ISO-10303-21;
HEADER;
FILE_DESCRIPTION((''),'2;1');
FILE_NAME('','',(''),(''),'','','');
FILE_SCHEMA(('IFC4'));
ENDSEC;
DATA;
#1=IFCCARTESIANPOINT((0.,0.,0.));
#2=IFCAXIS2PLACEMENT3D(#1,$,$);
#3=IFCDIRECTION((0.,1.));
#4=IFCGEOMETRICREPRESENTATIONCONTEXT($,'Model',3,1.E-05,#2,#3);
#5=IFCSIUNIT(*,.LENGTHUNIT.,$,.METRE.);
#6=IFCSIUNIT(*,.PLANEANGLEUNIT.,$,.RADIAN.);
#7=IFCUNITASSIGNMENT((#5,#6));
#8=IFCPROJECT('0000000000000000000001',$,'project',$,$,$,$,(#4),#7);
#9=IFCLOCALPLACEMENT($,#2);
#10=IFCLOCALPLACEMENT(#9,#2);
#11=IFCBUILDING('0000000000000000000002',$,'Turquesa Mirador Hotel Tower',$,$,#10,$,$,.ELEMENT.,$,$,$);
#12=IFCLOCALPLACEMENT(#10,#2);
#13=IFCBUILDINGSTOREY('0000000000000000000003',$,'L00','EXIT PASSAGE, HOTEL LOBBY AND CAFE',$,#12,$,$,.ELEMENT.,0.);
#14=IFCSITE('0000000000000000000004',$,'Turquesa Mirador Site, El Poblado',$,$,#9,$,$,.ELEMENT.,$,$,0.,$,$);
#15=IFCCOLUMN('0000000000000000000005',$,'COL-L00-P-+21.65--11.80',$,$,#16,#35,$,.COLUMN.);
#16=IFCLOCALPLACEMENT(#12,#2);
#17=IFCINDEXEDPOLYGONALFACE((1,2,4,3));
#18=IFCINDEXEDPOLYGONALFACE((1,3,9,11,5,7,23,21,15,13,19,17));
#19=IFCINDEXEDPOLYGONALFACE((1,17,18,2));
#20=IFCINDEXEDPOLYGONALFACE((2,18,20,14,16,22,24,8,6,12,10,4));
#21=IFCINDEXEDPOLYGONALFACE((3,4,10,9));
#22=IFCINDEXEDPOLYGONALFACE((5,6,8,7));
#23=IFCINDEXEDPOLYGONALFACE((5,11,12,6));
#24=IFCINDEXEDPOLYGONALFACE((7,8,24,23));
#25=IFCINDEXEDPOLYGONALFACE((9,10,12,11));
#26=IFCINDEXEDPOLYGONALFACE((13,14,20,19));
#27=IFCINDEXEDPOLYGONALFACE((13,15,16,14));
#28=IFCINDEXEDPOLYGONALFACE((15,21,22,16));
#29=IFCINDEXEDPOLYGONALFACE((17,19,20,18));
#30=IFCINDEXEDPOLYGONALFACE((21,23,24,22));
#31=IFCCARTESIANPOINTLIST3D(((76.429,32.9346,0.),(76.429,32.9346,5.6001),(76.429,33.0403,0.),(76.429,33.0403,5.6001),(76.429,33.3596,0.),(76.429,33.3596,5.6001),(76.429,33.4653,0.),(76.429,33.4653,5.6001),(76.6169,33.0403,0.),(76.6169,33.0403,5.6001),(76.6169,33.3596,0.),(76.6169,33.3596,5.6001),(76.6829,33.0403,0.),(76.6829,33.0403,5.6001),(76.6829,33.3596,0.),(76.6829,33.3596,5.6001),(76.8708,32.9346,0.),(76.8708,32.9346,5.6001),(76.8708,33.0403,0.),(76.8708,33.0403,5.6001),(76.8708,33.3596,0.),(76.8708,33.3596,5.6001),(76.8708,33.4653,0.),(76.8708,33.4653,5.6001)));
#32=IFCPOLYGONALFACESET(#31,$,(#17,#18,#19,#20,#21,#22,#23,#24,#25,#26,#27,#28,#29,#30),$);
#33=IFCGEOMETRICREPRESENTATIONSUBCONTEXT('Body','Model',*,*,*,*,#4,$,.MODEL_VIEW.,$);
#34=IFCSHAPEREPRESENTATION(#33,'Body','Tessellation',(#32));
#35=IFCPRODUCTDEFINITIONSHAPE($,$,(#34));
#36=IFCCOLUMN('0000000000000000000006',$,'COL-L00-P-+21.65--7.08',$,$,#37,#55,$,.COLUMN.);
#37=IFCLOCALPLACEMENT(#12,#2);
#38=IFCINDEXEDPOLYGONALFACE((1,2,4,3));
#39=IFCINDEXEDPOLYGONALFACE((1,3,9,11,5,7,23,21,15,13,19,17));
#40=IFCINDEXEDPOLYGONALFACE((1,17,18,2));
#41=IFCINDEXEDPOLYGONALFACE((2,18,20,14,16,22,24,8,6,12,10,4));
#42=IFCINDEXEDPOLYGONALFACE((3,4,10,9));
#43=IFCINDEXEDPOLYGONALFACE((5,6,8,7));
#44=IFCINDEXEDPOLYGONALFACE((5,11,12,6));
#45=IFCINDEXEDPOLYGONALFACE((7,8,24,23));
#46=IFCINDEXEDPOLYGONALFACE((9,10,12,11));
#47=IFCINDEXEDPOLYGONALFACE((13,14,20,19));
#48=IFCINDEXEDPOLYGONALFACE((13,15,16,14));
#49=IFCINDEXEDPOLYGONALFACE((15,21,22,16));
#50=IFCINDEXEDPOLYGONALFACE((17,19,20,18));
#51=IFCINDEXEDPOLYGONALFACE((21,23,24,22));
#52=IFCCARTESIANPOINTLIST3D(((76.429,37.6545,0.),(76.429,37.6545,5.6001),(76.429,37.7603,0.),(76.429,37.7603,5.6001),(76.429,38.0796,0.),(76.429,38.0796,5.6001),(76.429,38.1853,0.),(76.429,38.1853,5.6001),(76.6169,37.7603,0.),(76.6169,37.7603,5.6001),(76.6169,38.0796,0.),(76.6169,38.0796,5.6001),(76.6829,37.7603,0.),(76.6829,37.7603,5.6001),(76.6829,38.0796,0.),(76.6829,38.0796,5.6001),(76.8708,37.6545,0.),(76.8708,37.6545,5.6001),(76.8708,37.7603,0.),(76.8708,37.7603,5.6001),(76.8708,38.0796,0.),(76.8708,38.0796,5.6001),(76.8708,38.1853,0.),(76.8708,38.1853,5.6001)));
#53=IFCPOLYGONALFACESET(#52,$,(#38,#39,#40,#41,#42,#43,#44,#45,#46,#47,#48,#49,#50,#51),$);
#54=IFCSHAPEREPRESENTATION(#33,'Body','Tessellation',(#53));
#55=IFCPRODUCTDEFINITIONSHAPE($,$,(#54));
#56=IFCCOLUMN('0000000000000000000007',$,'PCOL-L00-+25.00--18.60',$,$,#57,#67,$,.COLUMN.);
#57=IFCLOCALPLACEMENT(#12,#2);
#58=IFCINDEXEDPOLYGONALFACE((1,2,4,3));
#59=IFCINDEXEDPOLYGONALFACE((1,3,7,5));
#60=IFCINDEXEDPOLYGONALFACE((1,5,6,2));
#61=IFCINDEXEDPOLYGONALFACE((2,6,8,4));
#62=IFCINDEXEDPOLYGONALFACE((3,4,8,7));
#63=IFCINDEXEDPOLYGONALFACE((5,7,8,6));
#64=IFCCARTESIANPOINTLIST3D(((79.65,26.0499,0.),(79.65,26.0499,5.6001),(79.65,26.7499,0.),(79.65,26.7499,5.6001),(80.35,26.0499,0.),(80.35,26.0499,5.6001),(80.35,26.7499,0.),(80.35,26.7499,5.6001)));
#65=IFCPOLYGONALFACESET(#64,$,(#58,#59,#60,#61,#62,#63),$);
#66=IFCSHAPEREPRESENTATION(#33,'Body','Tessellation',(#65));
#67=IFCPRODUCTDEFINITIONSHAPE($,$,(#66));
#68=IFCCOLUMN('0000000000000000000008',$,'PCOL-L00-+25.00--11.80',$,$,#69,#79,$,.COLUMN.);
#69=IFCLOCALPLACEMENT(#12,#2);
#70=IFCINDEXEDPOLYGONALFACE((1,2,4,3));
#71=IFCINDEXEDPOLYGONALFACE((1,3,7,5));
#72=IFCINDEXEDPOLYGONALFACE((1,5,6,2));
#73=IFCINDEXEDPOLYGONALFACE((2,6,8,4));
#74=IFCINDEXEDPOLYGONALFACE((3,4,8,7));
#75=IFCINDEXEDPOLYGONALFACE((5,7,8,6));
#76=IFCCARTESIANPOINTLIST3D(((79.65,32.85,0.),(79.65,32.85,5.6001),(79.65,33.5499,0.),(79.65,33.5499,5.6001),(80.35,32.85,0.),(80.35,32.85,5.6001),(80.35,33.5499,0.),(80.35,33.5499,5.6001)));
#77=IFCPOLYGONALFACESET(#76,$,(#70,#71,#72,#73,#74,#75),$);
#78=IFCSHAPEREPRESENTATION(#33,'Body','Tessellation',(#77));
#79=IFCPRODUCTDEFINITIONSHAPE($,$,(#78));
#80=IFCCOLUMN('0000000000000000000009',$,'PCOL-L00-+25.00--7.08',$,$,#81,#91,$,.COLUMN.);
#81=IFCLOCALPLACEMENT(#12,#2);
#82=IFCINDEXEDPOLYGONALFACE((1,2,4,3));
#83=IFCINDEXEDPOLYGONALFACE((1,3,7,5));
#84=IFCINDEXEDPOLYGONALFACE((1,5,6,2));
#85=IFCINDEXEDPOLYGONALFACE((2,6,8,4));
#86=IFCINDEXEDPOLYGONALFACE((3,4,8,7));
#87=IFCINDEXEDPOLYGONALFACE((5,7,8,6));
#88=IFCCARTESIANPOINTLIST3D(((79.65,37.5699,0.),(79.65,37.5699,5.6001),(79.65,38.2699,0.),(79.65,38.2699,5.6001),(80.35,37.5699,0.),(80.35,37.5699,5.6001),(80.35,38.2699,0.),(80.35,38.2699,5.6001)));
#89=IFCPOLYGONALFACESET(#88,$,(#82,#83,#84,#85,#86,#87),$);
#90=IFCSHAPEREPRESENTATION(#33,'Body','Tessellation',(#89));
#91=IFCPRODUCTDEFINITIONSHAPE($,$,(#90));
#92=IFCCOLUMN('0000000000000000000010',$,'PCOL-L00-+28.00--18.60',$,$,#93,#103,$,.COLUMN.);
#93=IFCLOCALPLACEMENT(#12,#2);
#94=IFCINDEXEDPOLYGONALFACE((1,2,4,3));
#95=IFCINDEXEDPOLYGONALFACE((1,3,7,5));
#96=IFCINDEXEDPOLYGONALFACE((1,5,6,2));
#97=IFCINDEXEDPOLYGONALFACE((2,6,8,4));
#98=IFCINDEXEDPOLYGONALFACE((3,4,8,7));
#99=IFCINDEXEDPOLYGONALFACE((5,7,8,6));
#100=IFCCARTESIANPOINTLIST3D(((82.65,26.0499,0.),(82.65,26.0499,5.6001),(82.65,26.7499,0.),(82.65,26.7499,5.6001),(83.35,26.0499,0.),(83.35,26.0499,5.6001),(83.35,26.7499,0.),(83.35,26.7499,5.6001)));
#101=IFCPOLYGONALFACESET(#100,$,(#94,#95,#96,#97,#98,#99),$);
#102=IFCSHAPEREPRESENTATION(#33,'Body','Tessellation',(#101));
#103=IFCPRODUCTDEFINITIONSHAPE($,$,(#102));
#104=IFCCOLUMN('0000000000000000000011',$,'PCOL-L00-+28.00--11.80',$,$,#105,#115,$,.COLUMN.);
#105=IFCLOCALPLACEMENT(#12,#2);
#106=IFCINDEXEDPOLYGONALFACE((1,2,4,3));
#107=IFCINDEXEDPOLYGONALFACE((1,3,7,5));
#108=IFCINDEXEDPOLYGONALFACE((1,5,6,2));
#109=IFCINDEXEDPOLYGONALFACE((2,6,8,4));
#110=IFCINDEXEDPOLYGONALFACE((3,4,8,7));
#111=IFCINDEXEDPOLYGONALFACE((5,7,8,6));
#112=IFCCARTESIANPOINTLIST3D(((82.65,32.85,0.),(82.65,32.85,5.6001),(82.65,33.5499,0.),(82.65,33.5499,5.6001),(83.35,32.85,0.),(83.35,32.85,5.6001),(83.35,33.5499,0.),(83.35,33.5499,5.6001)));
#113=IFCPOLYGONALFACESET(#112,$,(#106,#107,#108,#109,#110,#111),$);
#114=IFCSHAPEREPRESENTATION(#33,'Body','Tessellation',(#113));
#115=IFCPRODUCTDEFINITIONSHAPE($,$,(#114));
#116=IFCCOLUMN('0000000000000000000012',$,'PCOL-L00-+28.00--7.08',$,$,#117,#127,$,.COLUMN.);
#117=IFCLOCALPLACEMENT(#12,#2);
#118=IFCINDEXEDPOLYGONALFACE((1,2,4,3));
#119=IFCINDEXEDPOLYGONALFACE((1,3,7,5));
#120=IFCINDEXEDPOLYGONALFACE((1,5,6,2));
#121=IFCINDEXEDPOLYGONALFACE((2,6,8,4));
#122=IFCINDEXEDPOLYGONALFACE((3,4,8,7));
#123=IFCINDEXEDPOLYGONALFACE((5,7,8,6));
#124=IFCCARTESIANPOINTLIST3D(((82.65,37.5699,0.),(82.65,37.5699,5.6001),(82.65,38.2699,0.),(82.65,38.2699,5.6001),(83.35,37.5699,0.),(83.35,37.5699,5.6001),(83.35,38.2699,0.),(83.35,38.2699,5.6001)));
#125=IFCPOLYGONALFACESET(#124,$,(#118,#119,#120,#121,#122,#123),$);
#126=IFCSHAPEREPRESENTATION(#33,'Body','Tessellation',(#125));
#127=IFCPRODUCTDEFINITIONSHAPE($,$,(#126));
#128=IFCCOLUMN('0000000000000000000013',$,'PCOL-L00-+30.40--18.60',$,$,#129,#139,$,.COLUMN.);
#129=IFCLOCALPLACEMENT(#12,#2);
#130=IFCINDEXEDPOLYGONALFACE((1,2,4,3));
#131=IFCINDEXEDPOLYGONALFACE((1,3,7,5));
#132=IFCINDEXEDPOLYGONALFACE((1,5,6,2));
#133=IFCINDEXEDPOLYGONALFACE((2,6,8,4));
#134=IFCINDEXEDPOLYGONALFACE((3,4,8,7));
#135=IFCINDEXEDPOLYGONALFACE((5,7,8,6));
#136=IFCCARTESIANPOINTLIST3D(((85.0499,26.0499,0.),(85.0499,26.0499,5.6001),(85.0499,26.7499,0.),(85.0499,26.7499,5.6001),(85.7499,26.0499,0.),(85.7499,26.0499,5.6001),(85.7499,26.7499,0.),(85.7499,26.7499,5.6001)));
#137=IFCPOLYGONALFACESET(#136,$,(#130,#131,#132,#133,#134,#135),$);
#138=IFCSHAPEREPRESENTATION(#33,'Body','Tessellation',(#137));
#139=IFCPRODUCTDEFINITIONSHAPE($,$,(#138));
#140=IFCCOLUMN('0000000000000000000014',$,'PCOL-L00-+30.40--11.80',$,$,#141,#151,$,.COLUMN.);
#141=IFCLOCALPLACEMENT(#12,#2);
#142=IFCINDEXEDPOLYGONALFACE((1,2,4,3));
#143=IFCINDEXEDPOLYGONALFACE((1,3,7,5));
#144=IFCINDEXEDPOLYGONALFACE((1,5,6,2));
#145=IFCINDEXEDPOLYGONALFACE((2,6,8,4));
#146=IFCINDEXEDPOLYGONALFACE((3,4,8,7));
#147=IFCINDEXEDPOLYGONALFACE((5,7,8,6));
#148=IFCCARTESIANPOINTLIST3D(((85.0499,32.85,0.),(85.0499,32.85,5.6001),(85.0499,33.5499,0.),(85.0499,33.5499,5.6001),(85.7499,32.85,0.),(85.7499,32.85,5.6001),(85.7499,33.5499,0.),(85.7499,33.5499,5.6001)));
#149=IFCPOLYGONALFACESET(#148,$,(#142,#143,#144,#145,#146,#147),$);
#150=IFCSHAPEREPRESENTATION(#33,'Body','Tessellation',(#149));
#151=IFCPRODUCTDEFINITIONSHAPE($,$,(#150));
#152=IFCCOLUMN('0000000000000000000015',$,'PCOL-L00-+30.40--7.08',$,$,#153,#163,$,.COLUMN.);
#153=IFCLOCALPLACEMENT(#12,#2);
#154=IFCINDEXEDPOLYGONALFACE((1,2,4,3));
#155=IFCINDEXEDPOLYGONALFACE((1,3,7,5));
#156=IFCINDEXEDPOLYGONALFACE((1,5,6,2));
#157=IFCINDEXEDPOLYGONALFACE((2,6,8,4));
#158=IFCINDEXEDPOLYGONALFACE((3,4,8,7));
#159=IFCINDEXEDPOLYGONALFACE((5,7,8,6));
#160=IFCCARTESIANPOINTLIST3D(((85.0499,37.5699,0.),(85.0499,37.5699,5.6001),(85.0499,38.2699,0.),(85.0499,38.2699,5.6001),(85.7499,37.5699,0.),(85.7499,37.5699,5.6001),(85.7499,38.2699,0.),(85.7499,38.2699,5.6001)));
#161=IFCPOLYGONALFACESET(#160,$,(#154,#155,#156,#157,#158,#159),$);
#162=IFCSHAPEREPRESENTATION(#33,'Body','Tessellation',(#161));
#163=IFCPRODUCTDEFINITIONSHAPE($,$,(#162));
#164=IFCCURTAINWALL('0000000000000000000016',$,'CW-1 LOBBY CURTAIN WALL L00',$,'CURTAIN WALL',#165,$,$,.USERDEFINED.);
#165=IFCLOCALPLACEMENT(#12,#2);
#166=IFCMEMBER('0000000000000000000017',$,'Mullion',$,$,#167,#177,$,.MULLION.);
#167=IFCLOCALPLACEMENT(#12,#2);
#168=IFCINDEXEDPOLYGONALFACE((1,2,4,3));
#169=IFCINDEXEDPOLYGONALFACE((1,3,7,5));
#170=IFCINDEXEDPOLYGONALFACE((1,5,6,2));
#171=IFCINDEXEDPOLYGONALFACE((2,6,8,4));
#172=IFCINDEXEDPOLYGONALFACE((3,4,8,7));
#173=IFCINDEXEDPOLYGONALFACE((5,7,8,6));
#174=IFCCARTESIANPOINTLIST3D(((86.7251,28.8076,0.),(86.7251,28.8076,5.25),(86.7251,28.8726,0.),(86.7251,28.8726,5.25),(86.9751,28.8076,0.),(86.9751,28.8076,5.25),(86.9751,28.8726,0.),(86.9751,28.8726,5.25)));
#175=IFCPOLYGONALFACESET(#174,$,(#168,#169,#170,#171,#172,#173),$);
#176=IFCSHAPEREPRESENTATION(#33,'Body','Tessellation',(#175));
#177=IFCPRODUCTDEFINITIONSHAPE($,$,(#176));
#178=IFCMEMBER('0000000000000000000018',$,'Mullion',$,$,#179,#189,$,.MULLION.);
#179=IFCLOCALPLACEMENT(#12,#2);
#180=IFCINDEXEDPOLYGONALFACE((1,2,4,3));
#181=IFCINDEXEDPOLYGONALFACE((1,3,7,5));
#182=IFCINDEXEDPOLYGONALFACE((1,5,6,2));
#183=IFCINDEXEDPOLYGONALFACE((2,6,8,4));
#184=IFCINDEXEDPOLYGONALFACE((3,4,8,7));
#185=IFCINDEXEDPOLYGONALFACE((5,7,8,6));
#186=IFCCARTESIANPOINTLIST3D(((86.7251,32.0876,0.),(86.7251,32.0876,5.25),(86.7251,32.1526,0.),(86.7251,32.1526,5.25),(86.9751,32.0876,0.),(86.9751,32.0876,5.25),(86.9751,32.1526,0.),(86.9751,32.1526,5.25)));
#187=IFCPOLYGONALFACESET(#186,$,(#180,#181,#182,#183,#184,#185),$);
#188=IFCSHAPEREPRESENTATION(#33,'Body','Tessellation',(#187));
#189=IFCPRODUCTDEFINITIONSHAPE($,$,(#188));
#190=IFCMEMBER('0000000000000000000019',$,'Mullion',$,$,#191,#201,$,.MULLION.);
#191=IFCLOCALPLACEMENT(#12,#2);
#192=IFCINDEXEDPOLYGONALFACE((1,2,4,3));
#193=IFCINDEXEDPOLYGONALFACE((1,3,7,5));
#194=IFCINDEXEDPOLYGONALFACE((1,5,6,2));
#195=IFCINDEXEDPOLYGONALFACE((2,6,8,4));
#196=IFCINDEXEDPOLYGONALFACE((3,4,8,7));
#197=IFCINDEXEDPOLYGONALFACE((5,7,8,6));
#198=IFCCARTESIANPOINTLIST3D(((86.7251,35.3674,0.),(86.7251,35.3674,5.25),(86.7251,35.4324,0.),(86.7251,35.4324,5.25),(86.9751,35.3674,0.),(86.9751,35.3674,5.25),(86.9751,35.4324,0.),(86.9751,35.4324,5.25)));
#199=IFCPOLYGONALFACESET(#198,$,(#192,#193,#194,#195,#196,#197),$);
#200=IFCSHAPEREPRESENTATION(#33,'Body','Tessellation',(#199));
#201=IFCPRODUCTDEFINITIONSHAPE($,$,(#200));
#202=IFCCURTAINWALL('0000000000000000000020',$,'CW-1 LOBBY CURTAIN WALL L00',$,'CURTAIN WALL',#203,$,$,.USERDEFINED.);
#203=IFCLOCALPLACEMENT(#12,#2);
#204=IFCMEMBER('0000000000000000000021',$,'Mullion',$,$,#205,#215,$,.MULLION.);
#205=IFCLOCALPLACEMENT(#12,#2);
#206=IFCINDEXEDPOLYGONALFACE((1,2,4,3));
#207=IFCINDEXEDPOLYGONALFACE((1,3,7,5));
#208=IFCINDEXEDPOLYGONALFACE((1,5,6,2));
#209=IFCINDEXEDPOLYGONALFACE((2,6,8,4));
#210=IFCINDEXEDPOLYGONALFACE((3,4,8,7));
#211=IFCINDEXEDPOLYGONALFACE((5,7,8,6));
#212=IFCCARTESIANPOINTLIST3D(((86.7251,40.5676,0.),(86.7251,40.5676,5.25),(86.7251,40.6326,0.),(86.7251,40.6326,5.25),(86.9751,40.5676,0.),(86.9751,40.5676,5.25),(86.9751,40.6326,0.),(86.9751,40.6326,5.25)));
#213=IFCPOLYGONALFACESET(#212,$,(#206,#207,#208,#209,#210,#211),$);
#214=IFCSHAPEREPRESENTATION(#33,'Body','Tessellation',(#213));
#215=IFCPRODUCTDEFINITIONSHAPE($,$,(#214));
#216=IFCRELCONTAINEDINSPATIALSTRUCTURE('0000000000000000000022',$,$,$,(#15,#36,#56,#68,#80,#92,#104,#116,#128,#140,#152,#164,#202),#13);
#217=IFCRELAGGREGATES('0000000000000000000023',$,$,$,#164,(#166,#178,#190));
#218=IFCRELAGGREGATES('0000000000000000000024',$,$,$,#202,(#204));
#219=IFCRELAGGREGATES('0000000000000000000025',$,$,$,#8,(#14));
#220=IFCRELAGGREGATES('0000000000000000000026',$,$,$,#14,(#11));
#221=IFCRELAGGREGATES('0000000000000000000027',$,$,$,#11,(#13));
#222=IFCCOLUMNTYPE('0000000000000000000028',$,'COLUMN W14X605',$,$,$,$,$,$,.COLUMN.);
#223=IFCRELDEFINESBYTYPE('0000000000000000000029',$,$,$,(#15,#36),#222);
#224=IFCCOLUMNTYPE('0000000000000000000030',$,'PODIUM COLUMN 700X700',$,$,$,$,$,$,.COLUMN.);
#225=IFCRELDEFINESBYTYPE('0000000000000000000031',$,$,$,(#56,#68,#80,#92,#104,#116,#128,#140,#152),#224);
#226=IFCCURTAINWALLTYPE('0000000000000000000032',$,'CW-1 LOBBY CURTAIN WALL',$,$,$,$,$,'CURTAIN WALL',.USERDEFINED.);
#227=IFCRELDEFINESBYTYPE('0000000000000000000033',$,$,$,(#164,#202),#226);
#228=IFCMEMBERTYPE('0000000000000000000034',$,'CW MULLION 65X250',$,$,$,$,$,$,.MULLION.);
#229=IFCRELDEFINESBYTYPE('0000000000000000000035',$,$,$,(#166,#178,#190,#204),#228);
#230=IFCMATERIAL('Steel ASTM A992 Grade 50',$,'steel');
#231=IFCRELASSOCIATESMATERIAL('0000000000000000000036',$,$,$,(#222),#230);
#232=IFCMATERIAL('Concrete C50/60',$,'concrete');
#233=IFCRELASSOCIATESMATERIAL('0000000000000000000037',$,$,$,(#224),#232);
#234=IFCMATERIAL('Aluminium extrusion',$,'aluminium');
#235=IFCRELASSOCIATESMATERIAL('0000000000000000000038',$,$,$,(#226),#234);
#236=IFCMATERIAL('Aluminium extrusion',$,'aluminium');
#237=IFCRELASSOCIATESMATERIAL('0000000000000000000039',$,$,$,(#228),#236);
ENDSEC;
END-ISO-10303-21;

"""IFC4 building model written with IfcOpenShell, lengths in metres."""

from ifc_helpers import new_model, si_unit, direction, frame, origin, origin_2d, place, context, subcontext, project, spatial, rectangle, i_section, extrude, material, material_profile, profile_set, type_object, element, aggregate, save


model = new_model("IFC4")

# Units and contexts
model_context = context("Model", 3, precision=1e-05, world=origin(), true_north=direction((0.0, 1.0)))
body_context = subcontext(model_context, "Body", "Model", "MODEL_VIEW")
ifc_project = project(units=[si_unit("LENGTHUNIT", "METRE"), si_unit("PLANEANGLEUNIT", "RADIAN")], contexts=[model_context])

# Site, building, storey
site_placement = place(None, origin())
site = spatial("IfcSite", under=ifc_project, at=site_placement, Name="Turquesa Mirador Site, El Poblado", CompositionType="ELEMENT", RefElevation=0.0)
building_placement = place(site_placement, origin())
building = spatial("IfcBuilding", under=site, at=building_placement, Name="Turquesa Mirador Hotel Tower", CompositionType="ELEMENT")
storey_placement = place(building_placement, origin())
storey = spatial("IfcBuildingStorey", under=building, at=storey_placement, Name="L00", Description="EXIT PASSAGE, HOTEL LOBBY AND CAFE", CompositionType="ELEMENT", Elevation=0.0)

# Columns
ifc_material_1 = material(Name="Steel ASTM A992 Grade 50", Category="steel")
ifc_material_profile_1 = material_profile(ifc_material_1, i_section(OverallWidth=0.4419, OverallDepth=0.5308, WebThickness=0.0659, FlangeThickness=0.1057, at=origin_2d()), Name="W14X605")
ifc_profile_set_1 = profile_set([ifc_material_profile_1], Name="Steel ASTM A992 Grade 50")
column_type_1 = type_object("IfcColumnType", Name="COLUMN W14X605", PredefinedType="COLUMN", material=ifc_profile_set_1)
for number, where, z_axis, x_axis, name in (
    (1, (76.6499, 33.2, 0.0), (0.0, 0.0, 1.0), (1.0, 0.0, 0.0), "COL-L00-P-+21.65--11.80"),
    (2, (76.6499, 37.9199, 0.0), (0.0, 0.0, 1.0), (1.0, 0.0, 0.0), "COL-L00-P-+21.65--7.08"),
):
    element("IfcColumn", number, at=place(storey_placement, frame(where, z_axis=z_axis, x_axis=x_axis)), inside=storey, type_object=column_type_1, Name=name, PredefinedType="COLUMN", context=body_context, shape_type="SweptSolid", body=[
        extrude(i_section(OverallWidth=0.4419, OverallDepth=0.5308, WebThickness=0.0659, FlangeThickness=0.1057, at=origin_2d()), origin(), (0.0, 0.0, 1.0), 5.6001),
    ])
ifc_material_2 = material(Name="Concrete C50/60", Category="concrete")
ifc_material_profile_2 = material_profile(ifc_material_2, rectangle(XDim=0.7, YDim=0.7, at=origin_2d()), Name="RC 700X700")
ifc_profile_set_2 = profile_set([ifc_material_profile_2], Name="Concrete C50/60")
column_type_2 = type_object("IfcColumnType", Name="PODIUM COLUMN 700X700", PredefinedType="COLUMN", material=ifc_profile_set_2)
for number, where, z_axis, x_axis, name in (
    (3, (80.0, 26.3999, 0.0), (0.0, 0.0, 1.0), (1.0, 0.0, 0.0), "PCOL-L00-+25.00--18.60"),
    (4, (80.0, 33.2, 0.0), (0.0, 0.0, 1.0), (1.0, 0.0, 0.0), "PCOL-L00-+25.00--11.80"),
    (5, (80.0, 37.9199, 0.0), (0.0, 0.0, 1.0), (1.0, 0.0, 0.0), "PCOL-L00-+25.00--7.08"),
    (6, (83.0, 26.3999, 0.0), (0.0, 0.0, 1.0), (1.0, 0.0, 0.0), "PCOL-L00-+28.00--18.60"),
    (7, (83.0, 33.2, 0.0), (0.0, 0.0, 1.0), (1.0, 0.0, 0.0), "PCOL-L00-+28.00--11.80"),
    (8, (83.0, 37.9199, 0.0), (0.0, 0.0, 1.0), (1.0, 0.0, 0.0), "PCOL-L00-+28.00--7.08"),
    (9, (85.3999, 26.3999, 0.0), (0.0, 0.0, 1.0), (1.0, 0.0, 0.0), "PCOL-L00-+30.40--18.60"),
    (10, (85.3999, 33.2, 0.0), (0.0, 0.0, 1.0), (1.0, 0.0, 0.0), "PCOL-L00-+30.40--11.80"),
    (11, (85.3999, 37.9199, 0.0), (0.0, 0.0, 1.0), (1.0, 0.0, 0.0), "PCOL-L00-+30.40--7.08"),
):
    element("IfcColumn", number, at=place(storey_placement, frame(where, z_axis=z_axis, x_axis=x_axis)), inside=storey, type_object=column_type_2, Name=name, PredefinedType="COLUMN", context=body_context, shape_type="SweptSolid", body=[
        extrude(rectangle(XDim=0.7, YDim=0.7, at=origin_2d()), origin(), (0.0, 0.0, 1.0), 5.6001),
    ])

# Curtain wall, members
ifc_material_3 = material(Name="Aluminium extrusion", Category="aluminium")
curtain_wall_type = type_object("IfcCurtainWallType", Name="CW-1 LOBBY CURTAIN WALL", ElementType="CURTAIN WALL", PredefinedType="USERDEFINED", material=ifc_material_3)
curtain_wall_1_placement = place(storey_placement, origin())
curtain_wall_1 = element("IfcCurtainWall", 12, at=curtain_wall_1_placement, inside=storey, type_object=curtain_wall_type, Name="CW-1 LOBBY CURTAIN WALL L00", ObjectType="CURTAIN WALL", PredefinedType="USERDEFINED")
ifc_material_4 = material(Name="Aluminium extrusion", Category="aluminium")
ifc_material_profile_3 = material_profile(ifc_material_4, rectangle(XDim=0.0649, YDim=0.25, at=origin_2d()), Name="MULLION 65X250")
ifc_profile_set_3 = profile_set([ifc_material_profile_3], Name="Aluminium extrusion")
member_type_1 = type_object("IfcMemberType", Name="CW MULLION 65X250", PredefinedType="MULLION", material=ifc_profile_set_3)
member_1_placement = place(storey_placement, frame((86.8501, 28.8401, 0.0), z_axis=(0.0, 0.0, 1.0), x_axis=(0.0, 1.0, 0.0)))
member_1 = element("IfcMember", 13, at=member_1_placement, type_object=member_type_1, Name="Mullion", PredefinedType="MULLION", context=body_context, shape_type="SweptSolid", body=[
    extrude(rectangle(XDim=0.0649, YDim=0.25, at=origin_2d()), origin(), (0.0, 0.0, 1.0), 5.25),
])
member_2_placement = place(storey_placement, frame((86.8501, 32.1201, 0.0), z_axis=(0.0, 0.0, 1.0), x_axis=(0.0, 1.0, 0.0)))
member_2 = element("IfcMember", 14, at=member_2_placement, type_object=member_type_1, Name="Mullion", PredefinedType="MULLION", context=body_context, shape_type="SweptSolid", body=[
    extrude(rectangle(XDim=0.0649, YDim=0.25, at=origin_2d()), origin(), (0.0, 0.0, 1.0), 5.25),
])
member_3_placement = place(storey_placement, frame((86.8501, 35.3999, 0.0), z_axis=(0.0, 0.0, 1.0), x_axis=(0.0, 1.0, 0.0)))
member_3 = element("IfcMember", 15, at=member_3_placement, type_object=member_type_1, Name="Mullion", PredefinedType="MULLION", context=body_context, shape_type="SweptSolid", body=[
    extrude(rectangle(XDim=0.0649, YDim=0.25, at=origin_2d()), origin(), (0.0, 0.0, 1.0), 5.25),
])

# Curtain wall, member
curtain_wall_2_placement = place(storey_placement, origin())
curtain_wall_2 = element("IfcCurtainWall", 16, at=curtain_wall_2_placement, inside=storey, type_object=curtain_wall_type, Name="CW-1 LOBBY CURTAIN WALL L00", ObjectType="CURTAIN WALL", PredefinedType="USERDEFINED")
member_4_placement = place(storey_placement, frame((86.8501, 40.6001, 0.0), z_axis=(0.0, 0.0, 1.0), x_axis=(0.0, 1.0, 0.0)))
member_4 = element("IfcMember", 17, at=member_4_placement, type_object=member_type_1, Name="Mullion", PredefinedType="MULLION", context=body_context, shape_type="SweptSolid", body=[
    extrude(rectangle(XDim=0.0649, YDim=0.25, at=origin_2d()), origin(), (0.0, 0.0, 1.0), 5.25),
])

aggregate(curtain_wall_1, [member_1, member_2, member_3])
aggregate(curtain_wall_2, [member_4])

save(model, "model.ifc")
